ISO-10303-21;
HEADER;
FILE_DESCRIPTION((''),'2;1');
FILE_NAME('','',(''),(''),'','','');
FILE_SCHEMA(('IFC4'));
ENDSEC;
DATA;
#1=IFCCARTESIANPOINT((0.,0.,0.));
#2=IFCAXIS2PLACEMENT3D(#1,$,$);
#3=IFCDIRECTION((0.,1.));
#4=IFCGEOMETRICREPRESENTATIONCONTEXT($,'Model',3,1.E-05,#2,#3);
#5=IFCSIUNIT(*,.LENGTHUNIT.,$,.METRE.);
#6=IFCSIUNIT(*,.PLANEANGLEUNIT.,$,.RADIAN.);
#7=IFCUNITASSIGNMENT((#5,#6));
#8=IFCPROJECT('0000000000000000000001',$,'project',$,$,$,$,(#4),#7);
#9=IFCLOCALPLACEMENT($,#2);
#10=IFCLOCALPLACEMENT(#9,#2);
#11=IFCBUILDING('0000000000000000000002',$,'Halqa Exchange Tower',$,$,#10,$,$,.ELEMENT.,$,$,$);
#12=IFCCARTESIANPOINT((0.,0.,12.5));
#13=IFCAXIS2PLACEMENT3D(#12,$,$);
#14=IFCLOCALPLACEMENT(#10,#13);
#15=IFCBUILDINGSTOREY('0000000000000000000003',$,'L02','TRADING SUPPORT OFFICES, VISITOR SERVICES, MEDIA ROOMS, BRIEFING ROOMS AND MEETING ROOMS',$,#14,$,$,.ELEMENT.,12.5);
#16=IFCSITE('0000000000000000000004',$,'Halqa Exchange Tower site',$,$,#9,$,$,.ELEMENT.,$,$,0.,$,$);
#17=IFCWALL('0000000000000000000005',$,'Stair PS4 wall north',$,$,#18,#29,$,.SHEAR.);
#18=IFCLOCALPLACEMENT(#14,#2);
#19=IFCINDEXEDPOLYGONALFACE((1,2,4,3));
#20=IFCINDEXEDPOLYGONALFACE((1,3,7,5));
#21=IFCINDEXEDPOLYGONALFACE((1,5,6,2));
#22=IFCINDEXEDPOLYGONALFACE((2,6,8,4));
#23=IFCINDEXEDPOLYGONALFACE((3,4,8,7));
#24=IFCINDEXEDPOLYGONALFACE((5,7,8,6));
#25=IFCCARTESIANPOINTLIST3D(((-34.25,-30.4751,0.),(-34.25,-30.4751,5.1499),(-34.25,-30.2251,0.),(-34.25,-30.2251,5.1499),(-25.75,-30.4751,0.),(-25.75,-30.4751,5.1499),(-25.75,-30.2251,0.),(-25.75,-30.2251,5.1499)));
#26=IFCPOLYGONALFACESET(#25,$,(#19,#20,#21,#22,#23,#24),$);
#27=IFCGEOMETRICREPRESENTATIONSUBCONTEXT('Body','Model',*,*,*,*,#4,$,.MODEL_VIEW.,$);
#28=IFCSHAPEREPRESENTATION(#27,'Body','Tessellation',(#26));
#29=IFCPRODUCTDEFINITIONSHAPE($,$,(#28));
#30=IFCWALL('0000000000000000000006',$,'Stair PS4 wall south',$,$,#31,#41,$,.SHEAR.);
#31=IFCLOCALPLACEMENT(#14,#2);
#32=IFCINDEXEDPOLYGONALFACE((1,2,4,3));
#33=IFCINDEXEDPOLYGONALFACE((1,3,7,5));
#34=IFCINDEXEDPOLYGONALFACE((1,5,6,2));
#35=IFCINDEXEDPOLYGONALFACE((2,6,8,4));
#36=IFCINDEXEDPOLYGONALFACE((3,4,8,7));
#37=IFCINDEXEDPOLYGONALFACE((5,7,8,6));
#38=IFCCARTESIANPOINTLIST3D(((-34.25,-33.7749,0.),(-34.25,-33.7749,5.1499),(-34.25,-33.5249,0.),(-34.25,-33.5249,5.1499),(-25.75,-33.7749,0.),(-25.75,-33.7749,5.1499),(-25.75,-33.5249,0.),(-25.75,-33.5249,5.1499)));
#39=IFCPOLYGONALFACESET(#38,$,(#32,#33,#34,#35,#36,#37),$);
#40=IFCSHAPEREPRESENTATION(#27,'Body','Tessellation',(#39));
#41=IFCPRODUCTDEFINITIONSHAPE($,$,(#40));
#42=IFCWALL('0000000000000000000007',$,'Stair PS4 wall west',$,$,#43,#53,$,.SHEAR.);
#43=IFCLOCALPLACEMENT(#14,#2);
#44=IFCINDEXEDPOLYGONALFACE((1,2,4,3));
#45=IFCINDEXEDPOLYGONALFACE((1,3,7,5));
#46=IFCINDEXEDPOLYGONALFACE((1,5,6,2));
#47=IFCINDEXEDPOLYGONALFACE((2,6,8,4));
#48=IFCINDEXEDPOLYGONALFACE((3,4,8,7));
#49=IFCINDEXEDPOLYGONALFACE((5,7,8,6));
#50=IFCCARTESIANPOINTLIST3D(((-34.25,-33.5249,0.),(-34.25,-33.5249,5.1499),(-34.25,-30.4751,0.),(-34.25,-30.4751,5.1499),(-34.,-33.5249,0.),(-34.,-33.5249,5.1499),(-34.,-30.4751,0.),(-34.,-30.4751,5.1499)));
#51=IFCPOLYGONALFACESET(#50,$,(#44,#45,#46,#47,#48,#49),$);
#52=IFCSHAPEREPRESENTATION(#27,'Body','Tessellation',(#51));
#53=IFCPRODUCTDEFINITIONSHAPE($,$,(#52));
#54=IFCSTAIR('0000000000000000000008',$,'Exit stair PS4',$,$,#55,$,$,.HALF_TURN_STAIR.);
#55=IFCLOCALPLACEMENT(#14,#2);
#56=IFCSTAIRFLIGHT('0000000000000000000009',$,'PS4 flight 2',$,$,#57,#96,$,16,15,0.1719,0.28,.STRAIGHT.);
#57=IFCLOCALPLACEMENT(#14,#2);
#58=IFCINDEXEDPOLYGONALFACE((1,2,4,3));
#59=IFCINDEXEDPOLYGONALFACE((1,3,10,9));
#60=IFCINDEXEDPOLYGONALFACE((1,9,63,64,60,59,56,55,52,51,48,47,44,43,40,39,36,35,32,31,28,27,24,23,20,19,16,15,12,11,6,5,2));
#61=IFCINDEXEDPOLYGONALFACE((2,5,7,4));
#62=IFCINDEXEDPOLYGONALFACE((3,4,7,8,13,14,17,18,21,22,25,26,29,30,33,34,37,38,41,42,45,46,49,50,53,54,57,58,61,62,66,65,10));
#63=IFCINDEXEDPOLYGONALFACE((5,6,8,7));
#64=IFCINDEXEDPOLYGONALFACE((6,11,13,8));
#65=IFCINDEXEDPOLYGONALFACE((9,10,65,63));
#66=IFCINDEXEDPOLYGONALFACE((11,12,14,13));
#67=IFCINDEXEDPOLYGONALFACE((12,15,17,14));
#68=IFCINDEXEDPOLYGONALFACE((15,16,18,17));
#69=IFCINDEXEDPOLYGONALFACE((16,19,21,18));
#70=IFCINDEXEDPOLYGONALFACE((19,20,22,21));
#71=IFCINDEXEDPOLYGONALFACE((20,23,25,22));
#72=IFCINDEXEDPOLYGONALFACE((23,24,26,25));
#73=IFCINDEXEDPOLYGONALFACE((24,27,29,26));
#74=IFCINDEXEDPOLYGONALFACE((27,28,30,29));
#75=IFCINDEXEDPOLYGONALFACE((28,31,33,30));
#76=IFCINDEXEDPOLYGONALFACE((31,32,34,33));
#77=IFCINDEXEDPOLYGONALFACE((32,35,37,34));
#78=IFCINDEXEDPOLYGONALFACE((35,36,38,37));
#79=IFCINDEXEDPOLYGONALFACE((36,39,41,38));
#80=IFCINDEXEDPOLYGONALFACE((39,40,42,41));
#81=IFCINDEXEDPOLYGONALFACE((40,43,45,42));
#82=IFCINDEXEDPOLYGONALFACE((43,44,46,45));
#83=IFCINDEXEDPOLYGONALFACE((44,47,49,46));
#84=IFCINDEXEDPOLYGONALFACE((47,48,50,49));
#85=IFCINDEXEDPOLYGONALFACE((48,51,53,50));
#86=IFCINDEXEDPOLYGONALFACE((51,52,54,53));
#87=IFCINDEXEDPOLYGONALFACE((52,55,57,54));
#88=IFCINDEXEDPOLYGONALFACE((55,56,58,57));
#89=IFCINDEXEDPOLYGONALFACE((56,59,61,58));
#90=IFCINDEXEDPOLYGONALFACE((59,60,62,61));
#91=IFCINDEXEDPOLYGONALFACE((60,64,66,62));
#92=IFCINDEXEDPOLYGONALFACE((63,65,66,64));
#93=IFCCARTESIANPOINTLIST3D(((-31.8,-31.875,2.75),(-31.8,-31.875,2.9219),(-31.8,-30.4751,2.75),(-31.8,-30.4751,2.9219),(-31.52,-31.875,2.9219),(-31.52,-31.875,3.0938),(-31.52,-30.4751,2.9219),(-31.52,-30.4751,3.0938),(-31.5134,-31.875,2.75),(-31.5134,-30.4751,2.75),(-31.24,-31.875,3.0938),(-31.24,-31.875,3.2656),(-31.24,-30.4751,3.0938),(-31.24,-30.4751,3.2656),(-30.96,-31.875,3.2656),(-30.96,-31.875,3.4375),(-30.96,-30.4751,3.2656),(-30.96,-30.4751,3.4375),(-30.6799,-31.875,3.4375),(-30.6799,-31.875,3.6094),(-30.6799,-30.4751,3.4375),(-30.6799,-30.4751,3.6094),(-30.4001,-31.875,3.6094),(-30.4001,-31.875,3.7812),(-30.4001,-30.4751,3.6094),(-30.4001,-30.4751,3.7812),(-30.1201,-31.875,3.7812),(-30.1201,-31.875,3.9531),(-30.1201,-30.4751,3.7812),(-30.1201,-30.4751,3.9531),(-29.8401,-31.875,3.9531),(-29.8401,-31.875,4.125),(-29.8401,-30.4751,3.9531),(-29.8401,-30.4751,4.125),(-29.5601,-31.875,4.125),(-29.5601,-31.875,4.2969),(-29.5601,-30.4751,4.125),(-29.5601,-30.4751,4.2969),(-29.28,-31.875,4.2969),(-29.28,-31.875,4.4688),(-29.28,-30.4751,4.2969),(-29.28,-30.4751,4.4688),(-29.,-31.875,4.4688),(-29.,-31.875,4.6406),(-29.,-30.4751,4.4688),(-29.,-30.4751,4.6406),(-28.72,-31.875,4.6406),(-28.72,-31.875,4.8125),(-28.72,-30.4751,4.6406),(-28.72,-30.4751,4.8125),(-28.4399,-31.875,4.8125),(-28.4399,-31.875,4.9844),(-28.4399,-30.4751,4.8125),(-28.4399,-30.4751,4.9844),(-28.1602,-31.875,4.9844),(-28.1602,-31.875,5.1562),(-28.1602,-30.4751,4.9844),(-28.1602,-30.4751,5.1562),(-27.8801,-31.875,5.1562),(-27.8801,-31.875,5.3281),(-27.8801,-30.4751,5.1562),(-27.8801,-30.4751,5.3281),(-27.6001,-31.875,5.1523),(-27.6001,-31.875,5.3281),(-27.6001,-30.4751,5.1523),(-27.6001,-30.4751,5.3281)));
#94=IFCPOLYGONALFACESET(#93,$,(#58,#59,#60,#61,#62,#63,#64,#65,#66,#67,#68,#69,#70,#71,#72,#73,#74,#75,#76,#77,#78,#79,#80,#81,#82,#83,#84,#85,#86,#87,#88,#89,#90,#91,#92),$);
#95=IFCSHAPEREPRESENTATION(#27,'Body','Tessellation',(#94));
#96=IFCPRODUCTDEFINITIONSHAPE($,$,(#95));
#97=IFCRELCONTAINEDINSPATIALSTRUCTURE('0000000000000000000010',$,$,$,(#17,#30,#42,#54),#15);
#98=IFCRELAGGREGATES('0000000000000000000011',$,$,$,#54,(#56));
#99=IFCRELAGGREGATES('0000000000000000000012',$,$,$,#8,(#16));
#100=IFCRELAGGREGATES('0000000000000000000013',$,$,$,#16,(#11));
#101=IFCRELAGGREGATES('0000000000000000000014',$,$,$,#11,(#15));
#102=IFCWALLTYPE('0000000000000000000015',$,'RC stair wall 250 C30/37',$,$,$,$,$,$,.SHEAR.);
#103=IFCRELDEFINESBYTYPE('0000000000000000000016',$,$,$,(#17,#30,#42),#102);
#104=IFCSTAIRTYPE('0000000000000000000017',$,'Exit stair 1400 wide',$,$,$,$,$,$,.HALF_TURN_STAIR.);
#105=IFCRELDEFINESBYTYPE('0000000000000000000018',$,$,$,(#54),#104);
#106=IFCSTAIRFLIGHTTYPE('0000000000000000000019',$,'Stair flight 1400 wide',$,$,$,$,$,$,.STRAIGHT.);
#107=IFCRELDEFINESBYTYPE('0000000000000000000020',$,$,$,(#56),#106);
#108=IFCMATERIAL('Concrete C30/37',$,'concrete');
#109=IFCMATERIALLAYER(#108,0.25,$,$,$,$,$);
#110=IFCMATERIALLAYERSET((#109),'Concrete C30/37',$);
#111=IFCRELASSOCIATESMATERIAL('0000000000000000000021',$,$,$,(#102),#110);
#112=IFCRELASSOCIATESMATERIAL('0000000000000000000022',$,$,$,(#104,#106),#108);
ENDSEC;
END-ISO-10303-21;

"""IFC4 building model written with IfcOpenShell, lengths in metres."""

from ifc_helpers import new_model, si_unit, direction, frame, frame_2d, origin, place, context, subcontext, project, spatial, polyline, rectangle, outline, extrude, material, layer, layer_set, type_object, element, aggregate, save


model = new_model("IFC4")

# Units and contexts
model_context = context("Model", 3, precision=1e-05, world=origin(), true_north=direction((0.0, 1.0)))
body_context = subcontext(model_context, "Body", "Model", "MODEL_VIEW")
ifc_project = project(units=[si_unit("LENGTHUNIT", "METRE"), si_unit("PLANEANGLEUNIT", "RADIAN")], contexts=[model_context])

# Site, building, storey
site_placement = place(None, origin())
site = spatial("IfcSite", under=ifc_project, at=site_placement, Name="Halqa Exchange Tower site", CompositionType="ELEMENT", RefElevation=0.0)
building_placement = place(site_placement, origin())
building = spatial("IfcBuilding", under=site, at=building_placement, Name="Halqa Exchange Tower", CompositionType="ELEMENT")
storey_placement = place(building_placement, frame((0.0, 0.0, 12.5)))
storey = spatial("IfcBuildingStorey", under=building, at=storey_placement, Name="L02", Description="TRADING SUPPORT OFFICES, VISITOR SERVICES, MEDIA ROOMS, BRIEFING ROOMS AND MEETING ROOMS", CompositionType="ELEMENT", Elevation=12.5)

# Walls
ifc_material_1 = material(Name="Concrete C30/37", Category="concrete")
ifc_layer_1 = layer(ifc_material_1, 0.25)
ifc_layer_set_1 = layer_set([ifc_layer_1], Name="Concrete C30/37")
wall_type_1 = type_object("IfcWallType", Name="RC stair wall 250 C30/37", PredefinedType="SHEAR", material=ifc_layer_set_1)
for number, where, z_axis, x_axis, name in (
    (1, (-34.25, -30.3501, 0.0), (0.0, 0.0, 1.0), (1.0, 0.0, 0.0), "Stair PS4 wall north"),
    (2, (-34.25, -33.6499, 0.0), (0.0, 0.0, 1.0), (1.0, 0.0, 0.0), "Stair PS4 wall south"),
):
    element("IfcWall", number, at=place(storey_placement, frame(where, z_axis=z_axis, x_axis=x_axis)), inside=storey, type_object=wall_type_1, Name=name, PredefinedType="SHEAR", context=body_context, shape_type="SweptSolid", body=[
        extrude(rectangle(XDim=8.5, YDim=0.25, at=frame_2d((4.25, 0.0))), origin(), (0.0, 0.0, 1.0), 5.1499),
    ])
wall_1_placement = place(storey_placement, frame((-34.125, -33.5249, 0.0), z_axis=(0.0, 0.0, 1.0), x_axis=(0.0, 1.0, 0.0)))
element("IfcWall", 3, at=wall_1_placement, inside=storey, type_object=wall_type_1, Name="Stair PS4 wall west", PredefinedType="SHEAR", context=body_context, shape_type="SweptSolid", body=[
    extrude(rectangle(XDim=3.0498, YDim=0.25, at=frame_2d((1.5249, 0.0))), origin(), (0.0, 0.0, 1.0), 5.1499),
])

# Stair, stair flight
stair_type = type_object("IfcStairType", Name="Exit stair 1400 wide", PredefinedType="HALF_TURN_STAIR", material=ifc_material_1)
stair_placement = place(storey_placement, origin())
stair = element("IfcStair", 4, at=stair_placement, inside=storey, type_object=stair_type, Name="Exit stair PS4", PredefinedType="HALF_TURN_STAIR")
stair_flight_type = type_object("IfcStairFlightType", Name="Stair flight 1400 wide", PredefinedType="STRAIGHT", material=ifc_material_1)
stair_flight_placement = place(storey_placement, frame((-31.8, -31.175, 2.75), z_axis=(0.0, 0.0, 1.0), x_axis=(1.0, 0.0, 0.0)))
stair_flight = element("IfcStairFlight", 5, at=stair_flight_placement, type_object=stair_flight_type, Name="PS4 flight 2", NumberOfRisers=16, NumberOfTreads=15, PredefinedType="STRAIGHT", RiserHeight=0.1719, TreadLength=0.28, context=body_context, shape_type="SweptSolid", body=[
    extrude(outline(polyline([(0.0, 0.0), (0.0, 0.1719), (0.28, 0.1719), (0.28, 0.3438), (0.5601, 0.3438), (0.5601, 0.5156), (0.8401, 0.5156), (0.8401, 0.6875), (1.1201, 0.6875), (1.1201, 0.8594), (1.3999, 0.8594), (1.3999, 1.0312), (1.6799, 1.0312), (1.6799, 1.2031), (1.96, 1.2031), (1.96, 1.375), (2.24, 1.375), (2.24, 1.5469), (2.52, 1.5469), (2.52, 1.7188), (2.8, 1.7188), (2.8, 1.8906), (3.0801, 1.8906), (3.0801, 2.0625), (3.3601, 2.0625), (3.3601, 2.2344), (3.6399, 2.2344), (3.6399, 2.4062), (3.9199, 2.4062), (3.9199, 2.5781), (4.2, 2.5781), (4.2, 2.75), (4.2, 2.4023), (0.2866, 0.0), (0.0, 0.0)])), frame((0.0, 0.7, 0.0), z_axis=(0.0, -1.0, 0.0), x_axis=(1.0, 0.0, 0.0)), (0.0, 0.0, 1.0), 1.3999),
])
aggregate(stair, [stair_flight])

save(model, "model.ifc")
